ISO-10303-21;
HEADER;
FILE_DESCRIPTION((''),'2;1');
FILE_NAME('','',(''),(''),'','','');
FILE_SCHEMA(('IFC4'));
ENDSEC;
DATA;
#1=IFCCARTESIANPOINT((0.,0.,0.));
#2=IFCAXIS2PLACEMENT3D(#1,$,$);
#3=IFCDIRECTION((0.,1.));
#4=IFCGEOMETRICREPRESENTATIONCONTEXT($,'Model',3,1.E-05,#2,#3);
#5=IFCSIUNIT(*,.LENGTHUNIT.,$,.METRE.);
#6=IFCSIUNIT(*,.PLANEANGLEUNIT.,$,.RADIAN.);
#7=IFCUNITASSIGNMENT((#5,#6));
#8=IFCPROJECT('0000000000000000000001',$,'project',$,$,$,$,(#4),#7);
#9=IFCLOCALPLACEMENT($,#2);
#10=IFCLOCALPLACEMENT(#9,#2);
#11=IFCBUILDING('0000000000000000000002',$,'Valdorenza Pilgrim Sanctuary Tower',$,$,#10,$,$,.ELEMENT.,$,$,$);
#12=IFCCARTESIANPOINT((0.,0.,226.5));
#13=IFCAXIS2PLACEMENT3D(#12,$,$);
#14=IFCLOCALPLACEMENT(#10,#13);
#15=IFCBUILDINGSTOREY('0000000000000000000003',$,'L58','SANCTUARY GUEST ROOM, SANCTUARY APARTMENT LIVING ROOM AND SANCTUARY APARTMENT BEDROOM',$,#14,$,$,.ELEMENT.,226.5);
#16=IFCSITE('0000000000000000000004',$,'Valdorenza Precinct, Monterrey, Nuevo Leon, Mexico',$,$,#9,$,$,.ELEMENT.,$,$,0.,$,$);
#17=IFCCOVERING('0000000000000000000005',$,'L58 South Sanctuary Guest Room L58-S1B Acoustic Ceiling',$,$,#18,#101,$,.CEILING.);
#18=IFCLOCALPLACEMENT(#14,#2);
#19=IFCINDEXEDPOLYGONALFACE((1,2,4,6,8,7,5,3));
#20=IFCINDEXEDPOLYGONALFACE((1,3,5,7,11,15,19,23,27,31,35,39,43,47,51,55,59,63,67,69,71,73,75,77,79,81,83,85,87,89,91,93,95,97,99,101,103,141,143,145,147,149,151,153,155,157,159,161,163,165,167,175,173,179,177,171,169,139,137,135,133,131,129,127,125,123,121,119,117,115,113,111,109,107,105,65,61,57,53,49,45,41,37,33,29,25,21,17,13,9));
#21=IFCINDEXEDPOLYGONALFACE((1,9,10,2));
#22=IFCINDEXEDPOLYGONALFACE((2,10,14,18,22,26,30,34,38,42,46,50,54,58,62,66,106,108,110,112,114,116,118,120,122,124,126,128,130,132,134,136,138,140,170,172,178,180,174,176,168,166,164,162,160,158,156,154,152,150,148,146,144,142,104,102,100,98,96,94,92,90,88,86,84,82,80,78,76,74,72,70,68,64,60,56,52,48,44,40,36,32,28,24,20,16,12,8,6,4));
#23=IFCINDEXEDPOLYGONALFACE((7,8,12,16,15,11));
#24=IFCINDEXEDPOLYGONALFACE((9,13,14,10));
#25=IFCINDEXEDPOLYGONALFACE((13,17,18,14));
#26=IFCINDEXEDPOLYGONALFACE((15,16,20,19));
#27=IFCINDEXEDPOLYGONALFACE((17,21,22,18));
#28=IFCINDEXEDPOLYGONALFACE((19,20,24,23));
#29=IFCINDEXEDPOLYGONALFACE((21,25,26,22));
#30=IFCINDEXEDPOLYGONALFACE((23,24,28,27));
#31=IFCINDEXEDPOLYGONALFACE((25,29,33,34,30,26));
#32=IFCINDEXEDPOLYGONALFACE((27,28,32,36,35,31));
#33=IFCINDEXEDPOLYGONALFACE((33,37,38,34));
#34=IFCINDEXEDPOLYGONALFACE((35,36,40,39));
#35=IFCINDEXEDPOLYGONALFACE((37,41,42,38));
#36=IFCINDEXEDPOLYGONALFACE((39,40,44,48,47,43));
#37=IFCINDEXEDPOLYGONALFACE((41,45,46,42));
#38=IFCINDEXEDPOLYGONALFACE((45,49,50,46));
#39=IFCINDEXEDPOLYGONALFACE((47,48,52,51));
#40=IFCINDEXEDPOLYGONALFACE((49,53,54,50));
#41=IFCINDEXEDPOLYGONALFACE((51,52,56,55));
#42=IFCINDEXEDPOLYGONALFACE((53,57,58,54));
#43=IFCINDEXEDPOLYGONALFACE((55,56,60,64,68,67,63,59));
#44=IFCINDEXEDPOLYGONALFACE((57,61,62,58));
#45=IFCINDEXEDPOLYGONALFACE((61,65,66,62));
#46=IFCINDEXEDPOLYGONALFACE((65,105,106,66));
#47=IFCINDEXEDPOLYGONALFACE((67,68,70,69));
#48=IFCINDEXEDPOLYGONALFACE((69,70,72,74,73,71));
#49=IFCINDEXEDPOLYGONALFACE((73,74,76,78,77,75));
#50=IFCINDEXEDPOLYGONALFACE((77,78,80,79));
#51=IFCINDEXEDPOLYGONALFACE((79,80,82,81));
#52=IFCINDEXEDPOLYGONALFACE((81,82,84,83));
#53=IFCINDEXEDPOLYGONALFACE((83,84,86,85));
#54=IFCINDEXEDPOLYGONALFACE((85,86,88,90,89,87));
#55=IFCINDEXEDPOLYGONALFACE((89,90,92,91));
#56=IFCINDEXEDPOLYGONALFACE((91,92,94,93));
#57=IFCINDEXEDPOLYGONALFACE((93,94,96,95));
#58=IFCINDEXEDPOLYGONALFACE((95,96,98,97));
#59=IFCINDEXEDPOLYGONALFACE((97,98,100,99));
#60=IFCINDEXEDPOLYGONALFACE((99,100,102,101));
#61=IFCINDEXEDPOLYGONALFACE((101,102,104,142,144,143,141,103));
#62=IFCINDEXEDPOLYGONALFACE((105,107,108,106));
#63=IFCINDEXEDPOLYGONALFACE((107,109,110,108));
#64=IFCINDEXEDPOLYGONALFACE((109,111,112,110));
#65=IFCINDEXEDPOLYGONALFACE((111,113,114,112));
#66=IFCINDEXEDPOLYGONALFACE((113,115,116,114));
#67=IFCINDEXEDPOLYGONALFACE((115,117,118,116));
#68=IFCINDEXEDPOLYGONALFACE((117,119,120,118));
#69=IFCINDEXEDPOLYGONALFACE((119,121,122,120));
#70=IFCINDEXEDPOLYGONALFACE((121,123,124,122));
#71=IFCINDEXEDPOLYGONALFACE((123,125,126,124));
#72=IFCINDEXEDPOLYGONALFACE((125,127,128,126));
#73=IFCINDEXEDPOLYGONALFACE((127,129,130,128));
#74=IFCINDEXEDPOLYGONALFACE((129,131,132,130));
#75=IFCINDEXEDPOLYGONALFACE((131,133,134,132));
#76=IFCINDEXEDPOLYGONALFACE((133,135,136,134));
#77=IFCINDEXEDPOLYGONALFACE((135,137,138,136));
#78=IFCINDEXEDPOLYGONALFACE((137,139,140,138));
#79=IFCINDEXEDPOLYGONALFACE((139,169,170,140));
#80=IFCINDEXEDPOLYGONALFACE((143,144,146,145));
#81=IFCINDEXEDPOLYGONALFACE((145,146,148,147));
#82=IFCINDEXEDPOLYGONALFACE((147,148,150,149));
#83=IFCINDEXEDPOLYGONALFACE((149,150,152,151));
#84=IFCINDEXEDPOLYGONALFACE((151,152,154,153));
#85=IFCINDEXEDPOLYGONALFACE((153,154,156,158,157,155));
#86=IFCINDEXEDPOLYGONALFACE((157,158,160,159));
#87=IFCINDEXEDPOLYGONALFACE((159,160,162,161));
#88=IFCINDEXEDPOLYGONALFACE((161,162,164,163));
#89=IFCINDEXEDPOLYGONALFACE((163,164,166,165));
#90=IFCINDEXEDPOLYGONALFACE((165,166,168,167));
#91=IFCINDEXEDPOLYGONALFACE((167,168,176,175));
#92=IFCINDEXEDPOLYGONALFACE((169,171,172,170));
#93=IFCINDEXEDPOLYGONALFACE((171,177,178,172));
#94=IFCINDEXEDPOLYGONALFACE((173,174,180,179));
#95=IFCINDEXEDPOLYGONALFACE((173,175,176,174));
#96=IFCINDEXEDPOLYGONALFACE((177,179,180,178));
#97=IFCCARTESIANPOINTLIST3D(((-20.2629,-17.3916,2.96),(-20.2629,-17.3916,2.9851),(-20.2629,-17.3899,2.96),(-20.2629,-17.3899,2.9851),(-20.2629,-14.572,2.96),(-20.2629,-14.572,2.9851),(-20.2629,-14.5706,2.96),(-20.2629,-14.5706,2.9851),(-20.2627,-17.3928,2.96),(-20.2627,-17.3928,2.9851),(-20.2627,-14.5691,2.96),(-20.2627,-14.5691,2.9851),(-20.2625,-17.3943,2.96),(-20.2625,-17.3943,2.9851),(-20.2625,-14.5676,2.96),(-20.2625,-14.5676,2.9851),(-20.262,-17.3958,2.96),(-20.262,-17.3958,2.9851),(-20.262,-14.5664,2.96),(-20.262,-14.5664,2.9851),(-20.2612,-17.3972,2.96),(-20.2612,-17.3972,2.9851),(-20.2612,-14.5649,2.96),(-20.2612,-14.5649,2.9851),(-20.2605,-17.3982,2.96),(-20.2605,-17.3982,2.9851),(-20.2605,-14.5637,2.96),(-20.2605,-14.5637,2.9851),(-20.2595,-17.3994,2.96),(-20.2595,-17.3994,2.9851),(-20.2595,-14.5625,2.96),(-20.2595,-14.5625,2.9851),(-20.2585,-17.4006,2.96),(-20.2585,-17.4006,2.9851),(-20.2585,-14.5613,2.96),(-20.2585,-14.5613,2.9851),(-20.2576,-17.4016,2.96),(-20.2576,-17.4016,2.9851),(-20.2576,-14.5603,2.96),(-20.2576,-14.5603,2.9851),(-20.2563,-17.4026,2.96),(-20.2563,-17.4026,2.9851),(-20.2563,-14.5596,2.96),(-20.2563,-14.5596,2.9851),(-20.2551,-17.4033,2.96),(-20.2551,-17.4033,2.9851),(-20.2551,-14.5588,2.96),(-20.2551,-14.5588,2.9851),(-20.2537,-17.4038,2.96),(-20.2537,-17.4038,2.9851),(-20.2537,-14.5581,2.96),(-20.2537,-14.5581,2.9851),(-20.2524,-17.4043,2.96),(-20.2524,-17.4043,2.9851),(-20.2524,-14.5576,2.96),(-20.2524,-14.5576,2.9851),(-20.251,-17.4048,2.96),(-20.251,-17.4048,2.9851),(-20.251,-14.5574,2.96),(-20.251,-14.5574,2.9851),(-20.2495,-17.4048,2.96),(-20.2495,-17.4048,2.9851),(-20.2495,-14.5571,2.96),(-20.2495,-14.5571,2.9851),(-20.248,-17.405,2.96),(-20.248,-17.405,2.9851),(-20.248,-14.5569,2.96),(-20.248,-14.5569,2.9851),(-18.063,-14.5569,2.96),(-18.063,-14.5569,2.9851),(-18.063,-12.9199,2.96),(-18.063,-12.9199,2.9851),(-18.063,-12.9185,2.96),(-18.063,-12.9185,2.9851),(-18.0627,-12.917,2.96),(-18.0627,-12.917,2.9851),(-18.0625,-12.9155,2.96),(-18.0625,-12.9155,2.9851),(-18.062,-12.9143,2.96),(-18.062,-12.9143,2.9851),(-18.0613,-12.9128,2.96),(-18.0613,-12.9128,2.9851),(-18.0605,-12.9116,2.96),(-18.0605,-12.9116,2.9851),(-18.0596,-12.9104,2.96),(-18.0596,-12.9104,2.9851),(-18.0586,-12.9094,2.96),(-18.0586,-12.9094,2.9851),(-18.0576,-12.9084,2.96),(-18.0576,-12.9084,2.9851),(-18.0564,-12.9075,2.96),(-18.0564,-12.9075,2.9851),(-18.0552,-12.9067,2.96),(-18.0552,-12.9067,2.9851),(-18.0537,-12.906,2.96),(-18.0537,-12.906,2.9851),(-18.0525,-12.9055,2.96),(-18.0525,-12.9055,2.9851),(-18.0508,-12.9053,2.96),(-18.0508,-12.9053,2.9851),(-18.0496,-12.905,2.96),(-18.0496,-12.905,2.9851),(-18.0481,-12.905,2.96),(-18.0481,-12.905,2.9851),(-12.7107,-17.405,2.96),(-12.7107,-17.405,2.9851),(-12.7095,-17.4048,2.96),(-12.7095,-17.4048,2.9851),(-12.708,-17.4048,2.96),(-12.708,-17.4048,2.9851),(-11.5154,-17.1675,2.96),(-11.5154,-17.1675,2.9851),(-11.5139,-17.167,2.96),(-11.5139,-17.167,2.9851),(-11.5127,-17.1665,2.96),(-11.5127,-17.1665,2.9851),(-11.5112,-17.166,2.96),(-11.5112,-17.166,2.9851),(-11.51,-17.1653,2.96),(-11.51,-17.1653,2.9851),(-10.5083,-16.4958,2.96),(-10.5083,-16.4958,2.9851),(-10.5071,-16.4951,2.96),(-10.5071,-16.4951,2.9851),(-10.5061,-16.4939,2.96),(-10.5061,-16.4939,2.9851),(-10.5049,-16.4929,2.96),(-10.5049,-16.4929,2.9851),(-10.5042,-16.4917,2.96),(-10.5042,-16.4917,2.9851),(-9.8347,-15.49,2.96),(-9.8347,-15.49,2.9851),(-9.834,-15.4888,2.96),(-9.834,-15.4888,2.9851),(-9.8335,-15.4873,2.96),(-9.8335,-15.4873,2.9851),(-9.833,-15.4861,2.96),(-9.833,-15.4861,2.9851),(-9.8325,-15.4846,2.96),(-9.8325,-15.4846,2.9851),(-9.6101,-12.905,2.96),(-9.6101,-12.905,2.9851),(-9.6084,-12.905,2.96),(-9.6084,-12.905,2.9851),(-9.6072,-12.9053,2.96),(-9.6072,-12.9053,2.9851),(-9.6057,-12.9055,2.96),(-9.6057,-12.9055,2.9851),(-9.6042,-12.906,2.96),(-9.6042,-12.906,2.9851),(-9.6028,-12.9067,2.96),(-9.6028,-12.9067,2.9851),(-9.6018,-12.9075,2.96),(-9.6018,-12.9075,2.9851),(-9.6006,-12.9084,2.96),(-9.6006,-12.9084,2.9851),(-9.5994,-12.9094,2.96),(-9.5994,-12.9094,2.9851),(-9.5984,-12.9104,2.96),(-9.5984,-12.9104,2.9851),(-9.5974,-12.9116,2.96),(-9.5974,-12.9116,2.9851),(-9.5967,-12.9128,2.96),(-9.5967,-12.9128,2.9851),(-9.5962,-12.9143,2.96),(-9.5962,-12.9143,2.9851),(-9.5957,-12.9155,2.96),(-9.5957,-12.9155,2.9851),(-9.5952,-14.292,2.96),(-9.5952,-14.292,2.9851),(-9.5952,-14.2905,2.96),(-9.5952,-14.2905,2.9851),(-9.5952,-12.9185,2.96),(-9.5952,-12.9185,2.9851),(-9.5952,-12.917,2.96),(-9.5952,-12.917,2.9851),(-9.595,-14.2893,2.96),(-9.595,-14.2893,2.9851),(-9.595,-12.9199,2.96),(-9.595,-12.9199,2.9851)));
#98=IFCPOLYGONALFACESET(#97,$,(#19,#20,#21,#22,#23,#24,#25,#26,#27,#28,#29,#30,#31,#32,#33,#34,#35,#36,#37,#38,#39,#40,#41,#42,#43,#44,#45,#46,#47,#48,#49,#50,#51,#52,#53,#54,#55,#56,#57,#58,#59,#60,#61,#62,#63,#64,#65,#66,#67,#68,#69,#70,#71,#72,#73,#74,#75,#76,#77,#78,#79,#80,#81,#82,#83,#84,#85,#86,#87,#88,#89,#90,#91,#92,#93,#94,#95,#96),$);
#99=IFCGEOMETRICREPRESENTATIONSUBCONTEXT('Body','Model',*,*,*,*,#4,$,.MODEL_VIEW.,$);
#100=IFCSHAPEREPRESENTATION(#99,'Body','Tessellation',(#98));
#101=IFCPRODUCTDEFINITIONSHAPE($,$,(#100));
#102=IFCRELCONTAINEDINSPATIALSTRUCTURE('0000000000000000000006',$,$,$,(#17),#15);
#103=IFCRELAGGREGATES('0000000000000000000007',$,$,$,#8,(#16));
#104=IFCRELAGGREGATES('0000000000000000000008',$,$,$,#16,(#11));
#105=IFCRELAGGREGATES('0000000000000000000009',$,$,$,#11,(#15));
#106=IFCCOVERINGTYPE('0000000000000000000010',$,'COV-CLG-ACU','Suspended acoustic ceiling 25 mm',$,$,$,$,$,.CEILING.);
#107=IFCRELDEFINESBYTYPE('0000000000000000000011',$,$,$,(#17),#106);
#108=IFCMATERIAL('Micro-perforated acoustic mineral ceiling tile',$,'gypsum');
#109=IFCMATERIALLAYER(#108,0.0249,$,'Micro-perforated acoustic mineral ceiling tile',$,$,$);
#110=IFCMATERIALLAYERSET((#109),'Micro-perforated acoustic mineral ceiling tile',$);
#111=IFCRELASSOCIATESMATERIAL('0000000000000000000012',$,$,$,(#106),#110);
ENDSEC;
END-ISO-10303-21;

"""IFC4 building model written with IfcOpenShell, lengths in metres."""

from ifc_helpers import new_model, si_unit, direction, frame, origin, place, context, subcontext, project, spatial, polyline, outline, extrude, material, layer, layer_set, type_object, element, save


model = new_model("IFC4")

# Units and contexts
model_context = context("Model", 3, precision=1e-05, world=origin(), true_north=direction((0.0, 1.0)))
body_context = subcontext(model_context, "Body", "Model", "MODEL_VIEW")
ifc_project = project(units=[si_unit("LENGTHUNIT", "METRE"), si_unit("PLANEANGLEUNIT", "RADIAN")], contexts=[model_context])

# Site, building, storey
site_placement = place(None, origin())
site = spatial("IfcSite", under=ifc_project, at=site_placement, Name="Valdorenza Precinct, Monterrey, Nuevo Leon, Mexico", CompositionType="ELEMENT", RefElevation=0.0)
building_placement = place(site_placement, origin())
building = spatial("IfcBuilding", under=site, at=building_placement, Name="Valdorenza Pilgrim Sanctuary Tower", CompositionType="ELEMENT")
storey_placement = place(building_placement, frame((0.0, 0.0, 226.5)))
storey = spatial("IfcBuildingStorey", under=building, at=storey_placement, Name="L58", Description="SANCTUARY GUEST ROOM, SANCTUARY APARTMENT LIVING ROOM AND SANCTUARY APARTMENT BEDROOM", CompositionType="ELEMENT", Elevation=226.5)

# Covering
ifc_material_1 = material(Name="Micro-perforated acoustic mineral ceiling tile", Category="gypsum")
ifc_layer_1 = layer(ifc_material_1, 0.0249, Name="Micro-perforated acoustic mineral ceiling tile")
ifc_layer_set_1 = layer_set([ifc_layer_1], Name="Micro-perforated acoustic mineral ceiling tile")
covering_type_1 = type_object("IfcCoveringType", Name="COV-CLG-ACU", Description="Suspended acoustic ceiling 25 mm", PredefinedType="CEILING", material=ifc_layer_set_1)
covering_1_placement = place(storey_placement, frame((0.0, 0.0, 2.96)))
element("IfcCovering", 1, at=covering_1_placement, inside=storey, type_object=covering_type_1, Name="L58 South Sanctuary Guest Room L58-S1B Acoustic Ceiling", PredefinedType="CEILING", context=body_context, shape_type="SweptSolid", body=[
    extrude(outline(polyline([(-18.063, -14.5569), (-18.063, -12.9199), (-18.063, -12.9185), (-18.0627, -12.917), (-18.0625, -12.9155), (-18.062, -12.9143), (-18.0613, -12.9128), (-18.0605, -12.9116), (-18.0596, -12.9104), (-18.0586, -12.9094), (-18.0576, -12.9084), (-18.0564, -12.9075), (-18.0552, -12.9067), (-18.0537, -12.906), (-18.0525, -12.9055), (-18.0508, -12.9053), (-18.0496, -12.905), (-18.0481, -12.905), (-9.6101, -12.905), (-9.6084, -12.905), (-9.6072, -12.9053), (-9.6057, -12.9055), (-9.6042, -12.906), (-9.6028, -12.9067), (-9.6018, -12.9075), (-9.6006, -12.9084), (-9.5994, -12.9094), (-9.5984, -12.9104), (-9.5974, -12.9116), (-9.5967, -12.9128), (-9.5962, -12.9143), (-9.5957, -12.9155), (-9.5952, -12.917), (-9.5952, -12.9185), (-9.595, -12.9199), (-9.595, -14.2893), (-9.5952, -14.2905), (-9.5952, -14.292), (-9.8325, -15.4846), (-9.833, -15.4861), (-9.8335, -15.4873), (-9.834, -15.4888), (-9.8347, -15.49), (-10.5042, -16.4917), (-10.5049, -16.4929), (-10.5061, -16.4939), (-10.5071, -16.4951), (-10.5083, -16.4958), (-11.51, -17.1653), (-11.5112, -17.166), (-11.5127, -17.1665), (-11.5139, -17.167), (-11.5154, -17.1675), (-12.708, -17.4048), (-12.7095, -17.4048), (-12.7107, -17.405), (-20.248, -17.405), (-20.2495, -17.4048), (-20.251, -17.4048), (-20.2524, -17.4043), (-20.2537, -17.4038), (-20.2551, -17.4033), (-20.2563, -17.4026), (-20.2576, -17.4016), (-20.2585, -17.4006), (-20.2595, -17.3994), (-20.2605, -17.3982), (-20.2612, -17.3972), (-20.262, -17.3958), (-20.2625, -17.3943), (-20.2627, -17.3928), (-20.2629, -17.3916), (-20.2629, -17.3899), (-20.2629, -14.572), (-20.2629, -14.5706), (-20.2627, -14.5691), (-20.2625, -14.5676), (-20.262, -14.5664), (-20.2612, -14.5649), (-20.2605, -14.5637), (-20.2595, -14.5625), (-20.2585, -14.5613), (-20.2576, -14.5603), (-20.2563, -14.5596), (-20.2551, -14.5588), (-20.2537, -14.5581), (-20.2524, -14.5576), (-20.251, -14.5574), (-20.2495, -14.5571), (-20.248, -14.5569), (-18.063, -14.5569)])), origin(), (0.0, 0.0, 1.0), 0.0251),
])

save(model, "model.ifc")
